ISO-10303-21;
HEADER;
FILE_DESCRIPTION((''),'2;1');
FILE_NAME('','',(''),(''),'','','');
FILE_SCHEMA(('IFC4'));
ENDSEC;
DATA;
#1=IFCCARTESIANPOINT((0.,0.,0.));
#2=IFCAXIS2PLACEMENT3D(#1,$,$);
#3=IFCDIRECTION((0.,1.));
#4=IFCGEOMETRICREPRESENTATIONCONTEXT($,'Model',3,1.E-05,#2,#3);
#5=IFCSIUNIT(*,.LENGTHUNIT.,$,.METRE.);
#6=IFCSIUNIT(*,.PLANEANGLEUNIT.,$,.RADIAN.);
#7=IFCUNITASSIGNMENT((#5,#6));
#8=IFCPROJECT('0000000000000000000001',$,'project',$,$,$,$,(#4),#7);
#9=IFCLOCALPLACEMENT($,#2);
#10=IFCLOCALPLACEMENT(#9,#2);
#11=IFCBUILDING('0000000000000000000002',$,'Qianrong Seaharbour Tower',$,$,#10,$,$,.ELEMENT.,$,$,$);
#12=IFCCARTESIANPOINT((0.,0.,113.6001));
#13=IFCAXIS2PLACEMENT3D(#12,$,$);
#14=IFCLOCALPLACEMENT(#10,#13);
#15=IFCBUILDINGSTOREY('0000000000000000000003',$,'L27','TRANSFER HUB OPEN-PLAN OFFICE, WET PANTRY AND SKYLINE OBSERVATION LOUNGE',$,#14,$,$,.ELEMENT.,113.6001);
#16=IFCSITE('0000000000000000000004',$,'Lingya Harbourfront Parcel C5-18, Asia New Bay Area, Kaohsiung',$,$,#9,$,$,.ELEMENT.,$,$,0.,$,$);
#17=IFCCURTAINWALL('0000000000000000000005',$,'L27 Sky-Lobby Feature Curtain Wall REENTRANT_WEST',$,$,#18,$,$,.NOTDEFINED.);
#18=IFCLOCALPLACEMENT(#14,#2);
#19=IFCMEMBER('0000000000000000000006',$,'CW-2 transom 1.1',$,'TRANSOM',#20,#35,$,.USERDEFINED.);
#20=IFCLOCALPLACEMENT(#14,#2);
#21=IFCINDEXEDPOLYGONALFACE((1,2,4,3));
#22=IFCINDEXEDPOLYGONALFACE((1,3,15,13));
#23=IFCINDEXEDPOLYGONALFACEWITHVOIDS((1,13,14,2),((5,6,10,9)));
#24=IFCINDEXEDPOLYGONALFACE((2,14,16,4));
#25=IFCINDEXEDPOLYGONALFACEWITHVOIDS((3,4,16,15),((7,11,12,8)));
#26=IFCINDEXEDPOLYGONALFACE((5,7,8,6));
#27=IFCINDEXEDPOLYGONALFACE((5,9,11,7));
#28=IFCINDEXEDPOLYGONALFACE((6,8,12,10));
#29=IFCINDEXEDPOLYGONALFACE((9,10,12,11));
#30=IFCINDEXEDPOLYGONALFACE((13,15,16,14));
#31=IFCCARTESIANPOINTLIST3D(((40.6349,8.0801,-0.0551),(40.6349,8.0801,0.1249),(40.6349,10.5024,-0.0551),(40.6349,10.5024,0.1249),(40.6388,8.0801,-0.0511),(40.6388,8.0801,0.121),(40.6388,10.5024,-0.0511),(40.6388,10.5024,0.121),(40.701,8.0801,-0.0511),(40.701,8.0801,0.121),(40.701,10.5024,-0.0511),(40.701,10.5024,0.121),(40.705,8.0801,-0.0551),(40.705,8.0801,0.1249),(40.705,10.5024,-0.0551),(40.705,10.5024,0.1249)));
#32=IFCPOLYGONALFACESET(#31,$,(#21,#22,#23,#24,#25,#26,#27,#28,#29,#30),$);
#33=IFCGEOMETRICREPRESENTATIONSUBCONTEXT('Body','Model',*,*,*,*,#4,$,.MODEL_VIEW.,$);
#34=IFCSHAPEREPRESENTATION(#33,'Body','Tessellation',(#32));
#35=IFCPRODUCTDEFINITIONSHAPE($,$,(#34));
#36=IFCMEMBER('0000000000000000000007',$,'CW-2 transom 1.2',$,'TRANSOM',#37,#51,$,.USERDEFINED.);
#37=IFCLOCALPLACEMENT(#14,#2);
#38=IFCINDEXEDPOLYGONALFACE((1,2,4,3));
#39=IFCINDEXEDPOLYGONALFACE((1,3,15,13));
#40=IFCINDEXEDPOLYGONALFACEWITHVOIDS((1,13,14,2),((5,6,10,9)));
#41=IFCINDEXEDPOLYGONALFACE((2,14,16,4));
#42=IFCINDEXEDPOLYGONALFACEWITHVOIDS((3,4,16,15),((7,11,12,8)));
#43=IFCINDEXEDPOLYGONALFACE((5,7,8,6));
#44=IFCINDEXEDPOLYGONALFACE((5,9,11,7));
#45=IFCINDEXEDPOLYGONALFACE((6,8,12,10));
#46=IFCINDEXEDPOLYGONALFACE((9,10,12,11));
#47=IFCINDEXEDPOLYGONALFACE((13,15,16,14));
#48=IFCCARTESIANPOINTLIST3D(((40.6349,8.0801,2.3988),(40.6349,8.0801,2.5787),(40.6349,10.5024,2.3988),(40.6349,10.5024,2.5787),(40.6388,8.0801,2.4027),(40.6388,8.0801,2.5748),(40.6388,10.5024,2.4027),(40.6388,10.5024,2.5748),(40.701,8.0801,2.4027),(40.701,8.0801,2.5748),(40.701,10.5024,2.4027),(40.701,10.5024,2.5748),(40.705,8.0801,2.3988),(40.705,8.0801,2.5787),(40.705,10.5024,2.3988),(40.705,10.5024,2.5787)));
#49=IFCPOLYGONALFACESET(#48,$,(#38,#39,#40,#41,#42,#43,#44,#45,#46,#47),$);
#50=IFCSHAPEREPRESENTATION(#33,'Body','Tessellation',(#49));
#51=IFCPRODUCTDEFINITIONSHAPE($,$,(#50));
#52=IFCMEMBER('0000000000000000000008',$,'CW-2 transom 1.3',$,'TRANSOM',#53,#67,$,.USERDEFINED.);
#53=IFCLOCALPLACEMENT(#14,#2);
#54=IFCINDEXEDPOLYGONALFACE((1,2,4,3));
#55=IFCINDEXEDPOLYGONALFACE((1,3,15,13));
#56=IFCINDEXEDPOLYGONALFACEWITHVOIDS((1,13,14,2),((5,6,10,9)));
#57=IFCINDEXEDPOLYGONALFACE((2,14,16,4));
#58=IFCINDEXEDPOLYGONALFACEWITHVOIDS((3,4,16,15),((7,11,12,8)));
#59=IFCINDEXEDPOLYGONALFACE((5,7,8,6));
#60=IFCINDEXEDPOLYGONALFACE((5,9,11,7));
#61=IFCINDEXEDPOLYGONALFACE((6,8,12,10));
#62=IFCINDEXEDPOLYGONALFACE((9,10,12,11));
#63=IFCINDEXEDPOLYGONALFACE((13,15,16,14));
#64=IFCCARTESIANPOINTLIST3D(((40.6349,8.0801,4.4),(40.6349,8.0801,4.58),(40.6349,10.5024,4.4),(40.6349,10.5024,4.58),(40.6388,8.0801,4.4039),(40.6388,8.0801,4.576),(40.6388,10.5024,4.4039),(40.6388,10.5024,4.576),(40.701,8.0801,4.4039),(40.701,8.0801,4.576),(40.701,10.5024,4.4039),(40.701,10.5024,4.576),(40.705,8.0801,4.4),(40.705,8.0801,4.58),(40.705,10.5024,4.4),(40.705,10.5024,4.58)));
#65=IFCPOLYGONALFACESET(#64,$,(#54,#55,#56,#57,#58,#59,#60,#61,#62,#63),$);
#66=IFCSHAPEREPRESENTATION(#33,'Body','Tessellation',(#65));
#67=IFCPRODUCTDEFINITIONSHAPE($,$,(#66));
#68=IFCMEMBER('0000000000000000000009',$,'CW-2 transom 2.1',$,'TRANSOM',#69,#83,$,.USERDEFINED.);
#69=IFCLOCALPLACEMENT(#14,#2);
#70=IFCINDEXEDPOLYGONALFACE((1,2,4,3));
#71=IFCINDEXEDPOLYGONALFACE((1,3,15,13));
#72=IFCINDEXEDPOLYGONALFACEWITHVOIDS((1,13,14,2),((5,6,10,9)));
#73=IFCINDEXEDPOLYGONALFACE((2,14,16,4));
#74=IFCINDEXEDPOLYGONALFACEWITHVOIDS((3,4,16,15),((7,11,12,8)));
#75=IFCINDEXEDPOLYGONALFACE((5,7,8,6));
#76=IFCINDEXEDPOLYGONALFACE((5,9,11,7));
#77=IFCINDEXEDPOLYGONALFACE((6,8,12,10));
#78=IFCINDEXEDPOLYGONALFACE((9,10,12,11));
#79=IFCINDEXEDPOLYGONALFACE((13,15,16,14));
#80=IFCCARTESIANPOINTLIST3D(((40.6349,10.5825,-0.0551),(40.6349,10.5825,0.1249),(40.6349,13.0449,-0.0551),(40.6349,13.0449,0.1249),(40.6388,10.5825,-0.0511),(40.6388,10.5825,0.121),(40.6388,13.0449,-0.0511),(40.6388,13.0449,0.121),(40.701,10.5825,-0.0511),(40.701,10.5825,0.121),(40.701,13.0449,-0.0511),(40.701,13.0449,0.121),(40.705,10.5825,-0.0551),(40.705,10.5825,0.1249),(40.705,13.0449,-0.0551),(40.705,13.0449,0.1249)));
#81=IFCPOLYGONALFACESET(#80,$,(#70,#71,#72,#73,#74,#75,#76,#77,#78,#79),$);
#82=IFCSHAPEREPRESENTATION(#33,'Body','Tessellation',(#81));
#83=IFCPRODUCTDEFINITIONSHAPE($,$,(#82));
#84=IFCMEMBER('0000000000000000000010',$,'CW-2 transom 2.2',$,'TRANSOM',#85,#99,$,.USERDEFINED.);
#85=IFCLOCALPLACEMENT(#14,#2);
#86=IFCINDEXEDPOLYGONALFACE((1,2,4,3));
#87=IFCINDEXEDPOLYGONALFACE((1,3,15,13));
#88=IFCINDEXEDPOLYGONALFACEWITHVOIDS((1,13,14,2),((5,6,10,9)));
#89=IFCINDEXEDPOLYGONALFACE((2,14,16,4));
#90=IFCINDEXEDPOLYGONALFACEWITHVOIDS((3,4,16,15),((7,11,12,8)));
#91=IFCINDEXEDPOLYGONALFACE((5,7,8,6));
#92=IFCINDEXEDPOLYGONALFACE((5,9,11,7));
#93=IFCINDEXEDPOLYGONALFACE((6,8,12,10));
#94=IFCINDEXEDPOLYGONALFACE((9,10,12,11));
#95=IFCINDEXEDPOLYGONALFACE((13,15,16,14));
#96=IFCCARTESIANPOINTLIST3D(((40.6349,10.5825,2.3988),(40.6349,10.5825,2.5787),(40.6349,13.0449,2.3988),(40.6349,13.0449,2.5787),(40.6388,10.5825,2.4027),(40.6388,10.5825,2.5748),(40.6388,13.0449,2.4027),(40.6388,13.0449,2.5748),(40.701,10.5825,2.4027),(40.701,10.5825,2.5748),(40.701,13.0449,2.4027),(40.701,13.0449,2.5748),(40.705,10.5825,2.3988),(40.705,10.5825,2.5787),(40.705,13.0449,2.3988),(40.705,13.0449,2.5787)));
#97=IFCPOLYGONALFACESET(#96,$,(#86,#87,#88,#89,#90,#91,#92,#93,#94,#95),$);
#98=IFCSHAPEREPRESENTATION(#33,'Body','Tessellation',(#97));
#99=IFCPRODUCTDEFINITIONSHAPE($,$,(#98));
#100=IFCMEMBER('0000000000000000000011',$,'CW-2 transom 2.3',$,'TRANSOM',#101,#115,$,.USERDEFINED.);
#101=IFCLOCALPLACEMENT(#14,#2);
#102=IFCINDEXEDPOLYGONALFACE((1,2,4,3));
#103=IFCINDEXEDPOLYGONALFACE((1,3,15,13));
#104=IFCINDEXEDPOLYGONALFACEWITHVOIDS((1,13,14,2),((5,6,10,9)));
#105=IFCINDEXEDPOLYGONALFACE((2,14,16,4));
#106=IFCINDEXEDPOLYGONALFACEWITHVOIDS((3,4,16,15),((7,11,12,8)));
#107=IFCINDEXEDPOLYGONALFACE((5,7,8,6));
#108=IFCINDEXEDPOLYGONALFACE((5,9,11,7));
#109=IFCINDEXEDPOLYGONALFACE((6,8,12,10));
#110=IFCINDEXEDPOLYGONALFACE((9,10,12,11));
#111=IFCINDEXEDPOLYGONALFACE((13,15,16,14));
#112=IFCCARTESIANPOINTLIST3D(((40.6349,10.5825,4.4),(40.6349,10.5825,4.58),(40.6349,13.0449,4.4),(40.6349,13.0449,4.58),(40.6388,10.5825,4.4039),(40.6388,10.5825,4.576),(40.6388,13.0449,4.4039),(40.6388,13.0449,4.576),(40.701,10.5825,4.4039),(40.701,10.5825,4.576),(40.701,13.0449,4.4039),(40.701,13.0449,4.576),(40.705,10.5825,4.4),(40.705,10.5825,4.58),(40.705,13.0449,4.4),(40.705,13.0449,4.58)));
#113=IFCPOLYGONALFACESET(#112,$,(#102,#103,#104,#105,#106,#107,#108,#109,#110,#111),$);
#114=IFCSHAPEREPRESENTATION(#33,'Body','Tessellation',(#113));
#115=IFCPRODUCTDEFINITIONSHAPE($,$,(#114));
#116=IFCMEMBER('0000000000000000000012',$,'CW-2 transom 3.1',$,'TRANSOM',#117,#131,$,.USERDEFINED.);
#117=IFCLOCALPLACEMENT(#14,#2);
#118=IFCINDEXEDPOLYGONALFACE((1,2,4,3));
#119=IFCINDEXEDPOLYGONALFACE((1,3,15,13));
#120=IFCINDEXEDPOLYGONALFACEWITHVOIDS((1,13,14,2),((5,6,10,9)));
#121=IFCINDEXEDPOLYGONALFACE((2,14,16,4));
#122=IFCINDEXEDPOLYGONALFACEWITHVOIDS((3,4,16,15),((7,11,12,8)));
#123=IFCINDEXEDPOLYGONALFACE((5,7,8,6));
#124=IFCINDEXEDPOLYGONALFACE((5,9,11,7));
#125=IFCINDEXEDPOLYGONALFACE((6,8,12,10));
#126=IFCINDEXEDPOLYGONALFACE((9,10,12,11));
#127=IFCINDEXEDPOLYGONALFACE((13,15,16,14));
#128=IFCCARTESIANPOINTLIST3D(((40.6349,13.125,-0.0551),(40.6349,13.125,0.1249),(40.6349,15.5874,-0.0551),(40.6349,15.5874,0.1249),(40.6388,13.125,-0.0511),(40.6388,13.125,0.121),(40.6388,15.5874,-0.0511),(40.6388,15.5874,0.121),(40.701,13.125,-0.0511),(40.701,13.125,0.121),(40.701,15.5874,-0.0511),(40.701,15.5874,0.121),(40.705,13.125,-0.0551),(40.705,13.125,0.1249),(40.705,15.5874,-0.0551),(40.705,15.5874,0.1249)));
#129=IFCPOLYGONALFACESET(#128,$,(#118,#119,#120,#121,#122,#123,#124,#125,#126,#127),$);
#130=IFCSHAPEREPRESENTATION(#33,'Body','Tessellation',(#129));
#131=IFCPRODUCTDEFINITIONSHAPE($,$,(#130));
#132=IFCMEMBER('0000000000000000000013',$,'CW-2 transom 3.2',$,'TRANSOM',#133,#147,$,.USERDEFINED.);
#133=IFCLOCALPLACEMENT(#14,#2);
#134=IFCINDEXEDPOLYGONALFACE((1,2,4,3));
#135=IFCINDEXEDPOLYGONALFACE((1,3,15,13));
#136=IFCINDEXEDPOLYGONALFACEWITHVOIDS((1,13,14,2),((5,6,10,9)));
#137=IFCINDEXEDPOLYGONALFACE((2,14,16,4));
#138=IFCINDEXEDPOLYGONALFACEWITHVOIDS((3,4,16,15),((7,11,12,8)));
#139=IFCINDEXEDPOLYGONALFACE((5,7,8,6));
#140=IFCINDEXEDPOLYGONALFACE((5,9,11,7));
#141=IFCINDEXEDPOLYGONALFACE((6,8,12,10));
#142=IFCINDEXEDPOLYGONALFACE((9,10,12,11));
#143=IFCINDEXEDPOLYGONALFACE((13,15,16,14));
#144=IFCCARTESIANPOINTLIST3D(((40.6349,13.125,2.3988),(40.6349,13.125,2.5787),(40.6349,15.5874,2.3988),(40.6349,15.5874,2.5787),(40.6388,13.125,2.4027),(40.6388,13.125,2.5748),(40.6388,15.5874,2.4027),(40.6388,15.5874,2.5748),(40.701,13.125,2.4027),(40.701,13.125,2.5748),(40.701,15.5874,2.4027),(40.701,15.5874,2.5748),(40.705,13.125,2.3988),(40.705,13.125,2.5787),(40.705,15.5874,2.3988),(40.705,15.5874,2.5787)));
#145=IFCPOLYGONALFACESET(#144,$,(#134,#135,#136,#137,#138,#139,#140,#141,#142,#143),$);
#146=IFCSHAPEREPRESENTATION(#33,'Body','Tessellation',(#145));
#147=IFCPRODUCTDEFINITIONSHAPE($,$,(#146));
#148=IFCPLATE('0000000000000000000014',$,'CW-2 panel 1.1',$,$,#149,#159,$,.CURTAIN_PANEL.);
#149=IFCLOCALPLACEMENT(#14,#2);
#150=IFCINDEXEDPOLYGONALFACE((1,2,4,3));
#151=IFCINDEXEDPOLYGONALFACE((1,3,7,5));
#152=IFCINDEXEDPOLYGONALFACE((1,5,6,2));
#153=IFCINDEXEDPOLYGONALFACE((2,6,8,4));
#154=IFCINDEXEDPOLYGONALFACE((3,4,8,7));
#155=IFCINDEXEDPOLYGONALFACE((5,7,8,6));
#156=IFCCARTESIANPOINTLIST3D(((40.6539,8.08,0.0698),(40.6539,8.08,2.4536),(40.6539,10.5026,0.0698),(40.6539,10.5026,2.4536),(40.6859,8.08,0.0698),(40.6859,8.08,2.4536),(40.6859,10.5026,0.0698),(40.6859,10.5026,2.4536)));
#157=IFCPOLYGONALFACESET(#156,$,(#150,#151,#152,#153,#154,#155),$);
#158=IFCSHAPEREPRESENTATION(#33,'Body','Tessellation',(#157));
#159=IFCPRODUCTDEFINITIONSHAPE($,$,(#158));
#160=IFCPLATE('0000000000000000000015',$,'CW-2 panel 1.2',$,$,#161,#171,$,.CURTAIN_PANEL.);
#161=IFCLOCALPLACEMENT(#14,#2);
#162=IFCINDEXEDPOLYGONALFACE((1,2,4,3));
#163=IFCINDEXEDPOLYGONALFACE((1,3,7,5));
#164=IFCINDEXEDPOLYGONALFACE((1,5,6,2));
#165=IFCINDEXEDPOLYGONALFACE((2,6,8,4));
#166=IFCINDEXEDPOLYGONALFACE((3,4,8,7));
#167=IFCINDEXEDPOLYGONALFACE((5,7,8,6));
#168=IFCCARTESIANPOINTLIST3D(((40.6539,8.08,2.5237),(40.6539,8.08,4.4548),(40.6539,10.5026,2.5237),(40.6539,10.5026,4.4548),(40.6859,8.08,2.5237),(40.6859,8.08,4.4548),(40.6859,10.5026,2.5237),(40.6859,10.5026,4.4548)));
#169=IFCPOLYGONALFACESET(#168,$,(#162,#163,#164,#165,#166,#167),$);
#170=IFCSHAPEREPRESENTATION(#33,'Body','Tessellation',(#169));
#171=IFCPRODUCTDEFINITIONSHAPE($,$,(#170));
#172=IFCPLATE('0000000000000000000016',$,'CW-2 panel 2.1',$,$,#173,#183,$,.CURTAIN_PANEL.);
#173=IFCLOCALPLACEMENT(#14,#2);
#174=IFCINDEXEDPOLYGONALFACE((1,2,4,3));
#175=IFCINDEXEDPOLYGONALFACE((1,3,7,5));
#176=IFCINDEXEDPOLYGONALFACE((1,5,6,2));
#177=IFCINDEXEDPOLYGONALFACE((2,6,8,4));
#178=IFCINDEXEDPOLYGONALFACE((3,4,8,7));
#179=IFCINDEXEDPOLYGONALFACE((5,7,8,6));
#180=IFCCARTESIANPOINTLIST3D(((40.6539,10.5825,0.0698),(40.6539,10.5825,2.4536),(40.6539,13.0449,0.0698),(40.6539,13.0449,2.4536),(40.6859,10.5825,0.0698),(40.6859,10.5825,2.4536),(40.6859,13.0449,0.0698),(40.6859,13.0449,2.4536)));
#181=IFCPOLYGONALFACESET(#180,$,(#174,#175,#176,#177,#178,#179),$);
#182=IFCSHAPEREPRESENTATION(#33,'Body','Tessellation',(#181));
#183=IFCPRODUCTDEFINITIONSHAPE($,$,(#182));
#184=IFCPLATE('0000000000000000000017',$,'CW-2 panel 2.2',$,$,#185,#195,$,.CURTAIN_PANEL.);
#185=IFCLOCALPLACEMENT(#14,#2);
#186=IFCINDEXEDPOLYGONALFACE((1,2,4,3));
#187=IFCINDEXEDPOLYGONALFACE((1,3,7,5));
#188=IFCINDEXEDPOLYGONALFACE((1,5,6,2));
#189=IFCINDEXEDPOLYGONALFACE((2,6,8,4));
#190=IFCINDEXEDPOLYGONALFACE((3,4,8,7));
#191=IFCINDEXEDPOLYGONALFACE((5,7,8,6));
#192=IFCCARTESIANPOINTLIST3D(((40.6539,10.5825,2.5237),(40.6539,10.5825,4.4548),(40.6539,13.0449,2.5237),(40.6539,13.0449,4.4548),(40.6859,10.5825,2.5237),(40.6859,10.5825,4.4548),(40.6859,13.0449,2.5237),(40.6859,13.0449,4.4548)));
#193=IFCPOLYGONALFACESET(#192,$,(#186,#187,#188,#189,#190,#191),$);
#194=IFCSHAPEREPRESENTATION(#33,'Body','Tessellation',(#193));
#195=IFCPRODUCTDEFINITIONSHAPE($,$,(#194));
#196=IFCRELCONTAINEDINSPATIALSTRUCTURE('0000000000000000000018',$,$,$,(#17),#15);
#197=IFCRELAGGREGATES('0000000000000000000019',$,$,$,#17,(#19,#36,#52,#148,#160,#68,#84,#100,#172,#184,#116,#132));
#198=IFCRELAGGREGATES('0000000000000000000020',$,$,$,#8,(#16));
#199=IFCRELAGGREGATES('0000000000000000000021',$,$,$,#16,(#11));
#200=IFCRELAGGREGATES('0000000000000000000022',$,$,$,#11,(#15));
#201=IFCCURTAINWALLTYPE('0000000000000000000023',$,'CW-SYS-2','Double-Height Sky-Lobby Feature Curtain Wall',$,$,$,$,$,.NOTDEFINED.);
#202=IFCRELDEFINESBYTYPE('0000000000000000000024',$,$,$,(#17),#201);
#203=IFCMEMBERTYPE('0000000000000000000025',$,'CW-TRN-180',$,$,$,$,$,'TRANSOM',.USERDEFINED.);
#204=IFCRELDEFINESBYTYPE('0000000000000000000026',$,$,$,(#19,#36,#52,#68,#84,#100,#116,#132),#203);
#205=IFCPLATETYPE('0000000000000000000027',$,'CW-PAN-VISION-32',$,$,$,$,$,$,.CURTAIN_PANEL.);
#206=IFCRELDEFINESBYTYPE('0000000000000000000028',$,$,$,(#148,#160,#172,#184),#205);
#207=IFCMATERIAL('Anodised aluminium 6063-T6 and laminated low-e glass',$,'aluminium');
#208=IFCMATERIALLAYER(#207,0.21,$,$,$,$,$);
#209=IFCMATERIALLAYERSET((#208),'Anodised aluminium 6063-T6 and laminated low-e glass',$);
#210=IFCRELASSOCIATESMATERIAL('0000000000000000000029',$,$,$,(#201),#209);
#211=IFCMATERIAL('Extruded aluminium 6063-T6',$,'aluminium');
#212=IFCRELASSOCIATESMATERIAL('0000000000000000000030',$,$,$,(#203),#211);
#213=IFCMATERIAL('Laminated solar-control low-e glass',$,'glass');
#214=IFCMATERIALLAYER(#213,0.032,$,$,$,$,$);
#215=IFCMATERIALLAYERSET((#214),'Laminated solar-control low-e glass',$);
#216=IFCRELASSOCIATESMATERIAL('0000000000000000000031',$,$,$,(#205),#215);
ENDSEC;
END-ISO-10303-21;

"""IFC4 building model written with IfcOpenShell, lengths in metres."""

from ifc_helpers import new_model, si_unit, direction, frame, origin, origin_2d, place, context, subcontext, project, spatial, rectangle, hollow_rectangle, extrude, material, layer, layer_set, material_profile, profile_set, type_object, element, aggregate, save


model = new_model("IFC4")

# Units and contexts
model_context = context("Model", 3, precision=1e-05, world=origin(), true_north=direction((0.0, 1.0)))
body_context = subcontext(model_context, "Body", "Model", "MODEL_VIEW")
ifc_project = project(units=[si_unit("LENGTHUNIT", "METRE"), si_unit("PLANEANGLEUNIT", "RADIAN")], contexts=[model_context])

# Site, building, storey
site_placement = place(None, origin())
site = spatial("IfcSite", under=ifc_project, at=site_placement, Name="Lingya Harbourfront Parcel C5-18, Asia New Bay Area, Kaohsiung", CompositionType="ELEMENT", RefElevation=0.0)
building_placement = place(site_placement, origin())
building = spatial("IfcBuilding", under=site, at=building_placement, Name="Qianrong Seaharbour Tower", CompositionType="ELEMENT")
storey_placement = place(building_placement, frame((0.0, 0.0, 113.6001)))
storey = spatial("IfcBuildingStorey", under=building, at=storey_placement, Name="L27", Description="TRANSFER HUB OPEN-PLAN OFFICE, WET PANTRY AND SKYLINE OBSERVATION LOUNGE", CompositionType="ELEMENT", Elevation=113.6001)

# Curtain wall, members, plates
ifc_material_1 = material(Name="Anodised aluminium 6063-T6 and laminated low-e glass", Category="aluminium")
ifc_layer_1 = layer(ifc_material_1, 0.21)
ifc_layer_set_1 = layer_set([ifc_layer_1], Name="Anodised aluminium 6063-T6 and laminated low-e glass")
curtain_wall_type = type_object("IfcCurtainWallType", Name="CW-SYS-2", Description="Double-Height Sky-Lobby Feature Curtain Wall", PredefinedType="NOTDEFINED", material=ifc_layer_set_1)
curtain_wall_placement = place(storey_placement, origin())
curtain_wall = element("IfcCurtainWall", 1, at=curtain_wall_placement, inside=storey, type_object=curtain_wall_type, Name="L27 Sky-Lobby Feature Curtain Wall REENTRANT_WEST", PredefinedType="NOTDEFINED")
ifc_material_2 = material(Name="Extruded aluminium 6063-T6", Category="aluminium")
ifc_material_profile_1 = material_profile(ifc_material_2, hollow_rectangle(XDim=0.0701, YDim=0.1799, WallThickness=0.0039, at=origin_2d()), Name="ALU-TRN-180x70x4")
ifc_profile_set_1 = profile_set([ifc_material_profile_1], Name="Extruded aluminium 6063-T6")
member_type_1 = type_object("IfcMemberType", Name="CW-TRN-180", ElementType="TRANSOM", PredefinedType="USERDEFINED", material=ifc_profile_set_1)
member_1_placement = place(storey_placement, frame((40.6699, 8.0801, 0.0349), z_axis=(0.0, 1.0, 0.0), x_axis=(-1.0, 0.0, 0.0)))
member_1 = element("IfcMember", 2, at=member_1_placement, type_object=member_type_1, Name="CW-2 transom 1.1", ObjectType="TRANSOM", PredefinedType="USERDEFINED", context=body_context, shape_type="SweptSolid", body=[
    extrude(hollow_rectangle(XDim=0.0701, YDim=0.1799, WallThickness=0.0039, at=origin_2d()), origin(), (0.0, 0.0, 1.0), 2.4224),
])
member_2_placement = place(storey_placement, frame((40.6699, 8.0801, 2.4888), z_axis=(0.0, 1.0, 0.0), x_axis=(-1.0, 0.0, 0.0)))
member_2 = element("IfcMember", 3, at=member_2_placement, type_object=member_type_1, Name="CW-2 transom 1.2", ObjectType="TRANSOM", PredefinedType="USERDEFINED", context=body_context, shape_type="SweptSolid", body=[
    extrude(hollow_rectangle(XDim=0.0701, YDim=0.1799, WallThickness=0.0039, at=origin_2d()), origin(), (0.0, 0.0, 1.0), 2.4224),
])
member_3_placement = place(storey_placement, frame((40.6699, 8.0801, 4.49), z_axis=(0.0, 1.0, 0.0), x_axis=(-1.0, 0.0, 0.0)))
member_3 = element("IfcMember", 4, at=member_3_placement, type_object=member_type_1, Name="CW-2 transom 1.3", ObjectType="TRANSOM", PredefinedType="USERDEFINED", context=body_context, shape_type="SweptSolid", body=[
    extrude(hollow_rectangle(XDim=0.0701, YDim=0.1799, WallThickness=0.0039, at=origin_2d()), origin(), (0.0, 0.0, 1.0), 2.4224),
])
member_4_placement = place(storey_placement, frame((40.6699, 10.5825, 0.0349), z_axis=(0.0, 1.0, 0.0), x_axis=(-1.0, 0.0, 0.0)))
member_4 = element("IfcMember", 5, at=member_4_placement, type_object=member_type_1, Name="CW-2 transom 2.1", ObjectType="TRANSOM", PredefinedType="USERDEFINED", context=body_context, shape_type="SweptSolid", body=[
    extrude(hollow_rectangle(XDim=0.0701, YDim=0.1799, WallThickness=0.0039, at=origin_2d()), origin(), (0.0, 0.0, 1.0), 2.4624),
])
member_5_placement = place(storey_placement, frame((40.6699, 10.5825, 2.4888), z_axis=(0.0, 1.0, 0.0), x_axis=(-1.0, 0.0, 0.0)))
member_5 = element("IfcMember", 6, at=member_5_placement, type_object=member_type_1, Name="CW-2 transom 2.2", ObjectType="TRANSOM", PredefinedType="USERDEFINED", context=body_context, shape_type="SweptSolid", body=[
    extrude(hollow_rectangle(XDim=0.0701, YDim=0.1799, WallThickness=0.0039, at=origin_2d()), origin(), (0.0, 0.0, 1.0), 2.4624),
])
member_6_placement = place(storey_placement, frame((40.6699, 10.5825, 4.49), z_axis=(0.0, 1.0, 0.0), x_axis=(-1.0, 0.0, 0.0)))
member_6 = element("IfcMember", 7, at=member_6_placement, type_object=member_type_1, Name="CW-2 transom 2.3", ObjectType="TRANSOM", PredefinedType="USERDEFINED", context=body_context, shape_type="SweptSolid", body=[
    extrude(hollow_rectangle(XDim=0.0701, YDim=0.1799, WallThickness=0.0039, at=origin_2d()), origin(), (0.0, 0.0, 1.0), 2.4624),
])
member_7_placement = place(storey_placement, frame((40.6699, 13.125, 0.0349), z_axis=(0.0, 1.0, 0.0), x_axis=(-1.0, 0.0, 0.0)))
member_7 = element("IfcMember", 8, at=member_7_placement, type_object=member_type_1, Name="CW-2 transom 3.1", ObjectType="TRANSOM", PredefinedType="USERDEFINED", context=body_context, shape_type="SweptSolid", body=[
    extrude(hollow_rectangle(XDim=0.0701, YDim=0.1799, WallThickness=0.0039, at=origin_2d()), origin(), (0.0, 0.0, 1.0), 2.4624),
])
member_8_placement = place(storey_placement, frame((40.6699, 13.125, 2.4888), z_axis=(0.0, 1.0, 0.0), x_axis=(-1.0, 0.0, 0.0)))
member_8 = element("IfcMember", 9, at=member_8_placement, type_object=member_type_1, Name="CW-2 transom 3.2", ObjectType="TRANSOM", PredefinedType="USERDEFINED", context=body_context, shape_type="SweptSolid", body=[
    extrude(hollow_rectangle(XDim=0.0701, YDim=0.1799, WallThickness=0.0039, at=origin_2d()), origin(), (0.0, 0.0, 1.0), 2.4624),
])
ifc_material_3 = material(Name="Laminated solar-control low-e glass", Category="glass")
ifc_layer_2 = layer(ifc_material_3, 0.032)
ifc_layer_set_2 = layer_set([ifc_layer_2], Name="Laminated solar-control low-e glass")
plate_type_1 = type_object("IfcPlateType", Name="CW-PAN-VISION-32", PredefinedType="CURTAIN_PANEL", material=ifc_layer_set_2)
plate_1_placement = place(storey_placement, frame((40.6699, 9.2913, 0.0698), z_axis=(0.0, 0.0, 1.0), x_axis=(0.0, 1.0, 0.0)))
plate_1 = element("IfcPlate", 10, at=plate_1_placement, type_object=plate_type_1, Name="CW-2 panel 1.1", PredefinedType="CURTAIN_PANEL", context=body_context, shape_type="SweptSolid", body=[
    extrude(rectangle(XDim=2.4226, YDim=0.032, at=origin_2d()), origin(), (0.0, 0.0, 1.0), 2.3838),
])
plate_2_placement = place(storey_placement, frame((40.6699, 9.2913, 2.5237), z_axis=(0.0, 0.0, 1.0), x_axis=(0.0, 1.0, 0.0)))
plate_2 = element("IfcPlate", 11, at=plate_2_placement, type_object=plate_type_1, Name="CW-2 panel 1.2", PredefinedType="CURTAIN_PANEL", context=body_context, shape_type="SweptSolid", body=[
    extrude(rectangle(XDim=2.4226, YDim=0.032, at=origin_2d()), origin(), (0.0, 0.0, 1.0), 1.9312),
])
plate_3_placement = place(storey_placement, frame((40.6699, 11.8137, 0.0698), z_axis=(0.0, 0.0, 1.0), x_axis=(0.0, 1.0, 0.0)))
plate_3 = element("IfcPlate", 12, at=plate_3_placement, type_object=plate_type_1, Name="CW-2 panel 2.1", PredefinedType="CURTAIN_PANEL", context=body_context, shape_type="SweptSolid", body=[
    extrude(rectangle(XDim=2.4624, YDim=0.032, at=origin_2d()), origin(), (0.0, 0.0, 1.0), 2.3838),
])
plate_4_placement = place(storey_placement, frame((40.6699, 11.8137, 2.5237), z_axis=(0.0, 0.0, 1.0), x_axis=(0.0, 1.0, 0.0)))
plate_4 = element("IfcPlate", 13, at=plate_4_placement, type_object=plate_type_1, Name="CW-2 panel 2.2", PredefinedType="CURTAIN_PANEL", context=body_context, shape_type="SweptSolid", body=[
    extrude(rectangle(XDim=2.4624, YDim=0.032, at=origin_2d()), origin(), (0.0, 0.0, 1.0), 1.9312),
])
aggregate(curtain_wall, [member_1, member_2, member_3, plate_1, plate_2, member_4, member_5, member_6, plate_3, plate_4, member_7, member_8])

save(model, "model.ifc")
